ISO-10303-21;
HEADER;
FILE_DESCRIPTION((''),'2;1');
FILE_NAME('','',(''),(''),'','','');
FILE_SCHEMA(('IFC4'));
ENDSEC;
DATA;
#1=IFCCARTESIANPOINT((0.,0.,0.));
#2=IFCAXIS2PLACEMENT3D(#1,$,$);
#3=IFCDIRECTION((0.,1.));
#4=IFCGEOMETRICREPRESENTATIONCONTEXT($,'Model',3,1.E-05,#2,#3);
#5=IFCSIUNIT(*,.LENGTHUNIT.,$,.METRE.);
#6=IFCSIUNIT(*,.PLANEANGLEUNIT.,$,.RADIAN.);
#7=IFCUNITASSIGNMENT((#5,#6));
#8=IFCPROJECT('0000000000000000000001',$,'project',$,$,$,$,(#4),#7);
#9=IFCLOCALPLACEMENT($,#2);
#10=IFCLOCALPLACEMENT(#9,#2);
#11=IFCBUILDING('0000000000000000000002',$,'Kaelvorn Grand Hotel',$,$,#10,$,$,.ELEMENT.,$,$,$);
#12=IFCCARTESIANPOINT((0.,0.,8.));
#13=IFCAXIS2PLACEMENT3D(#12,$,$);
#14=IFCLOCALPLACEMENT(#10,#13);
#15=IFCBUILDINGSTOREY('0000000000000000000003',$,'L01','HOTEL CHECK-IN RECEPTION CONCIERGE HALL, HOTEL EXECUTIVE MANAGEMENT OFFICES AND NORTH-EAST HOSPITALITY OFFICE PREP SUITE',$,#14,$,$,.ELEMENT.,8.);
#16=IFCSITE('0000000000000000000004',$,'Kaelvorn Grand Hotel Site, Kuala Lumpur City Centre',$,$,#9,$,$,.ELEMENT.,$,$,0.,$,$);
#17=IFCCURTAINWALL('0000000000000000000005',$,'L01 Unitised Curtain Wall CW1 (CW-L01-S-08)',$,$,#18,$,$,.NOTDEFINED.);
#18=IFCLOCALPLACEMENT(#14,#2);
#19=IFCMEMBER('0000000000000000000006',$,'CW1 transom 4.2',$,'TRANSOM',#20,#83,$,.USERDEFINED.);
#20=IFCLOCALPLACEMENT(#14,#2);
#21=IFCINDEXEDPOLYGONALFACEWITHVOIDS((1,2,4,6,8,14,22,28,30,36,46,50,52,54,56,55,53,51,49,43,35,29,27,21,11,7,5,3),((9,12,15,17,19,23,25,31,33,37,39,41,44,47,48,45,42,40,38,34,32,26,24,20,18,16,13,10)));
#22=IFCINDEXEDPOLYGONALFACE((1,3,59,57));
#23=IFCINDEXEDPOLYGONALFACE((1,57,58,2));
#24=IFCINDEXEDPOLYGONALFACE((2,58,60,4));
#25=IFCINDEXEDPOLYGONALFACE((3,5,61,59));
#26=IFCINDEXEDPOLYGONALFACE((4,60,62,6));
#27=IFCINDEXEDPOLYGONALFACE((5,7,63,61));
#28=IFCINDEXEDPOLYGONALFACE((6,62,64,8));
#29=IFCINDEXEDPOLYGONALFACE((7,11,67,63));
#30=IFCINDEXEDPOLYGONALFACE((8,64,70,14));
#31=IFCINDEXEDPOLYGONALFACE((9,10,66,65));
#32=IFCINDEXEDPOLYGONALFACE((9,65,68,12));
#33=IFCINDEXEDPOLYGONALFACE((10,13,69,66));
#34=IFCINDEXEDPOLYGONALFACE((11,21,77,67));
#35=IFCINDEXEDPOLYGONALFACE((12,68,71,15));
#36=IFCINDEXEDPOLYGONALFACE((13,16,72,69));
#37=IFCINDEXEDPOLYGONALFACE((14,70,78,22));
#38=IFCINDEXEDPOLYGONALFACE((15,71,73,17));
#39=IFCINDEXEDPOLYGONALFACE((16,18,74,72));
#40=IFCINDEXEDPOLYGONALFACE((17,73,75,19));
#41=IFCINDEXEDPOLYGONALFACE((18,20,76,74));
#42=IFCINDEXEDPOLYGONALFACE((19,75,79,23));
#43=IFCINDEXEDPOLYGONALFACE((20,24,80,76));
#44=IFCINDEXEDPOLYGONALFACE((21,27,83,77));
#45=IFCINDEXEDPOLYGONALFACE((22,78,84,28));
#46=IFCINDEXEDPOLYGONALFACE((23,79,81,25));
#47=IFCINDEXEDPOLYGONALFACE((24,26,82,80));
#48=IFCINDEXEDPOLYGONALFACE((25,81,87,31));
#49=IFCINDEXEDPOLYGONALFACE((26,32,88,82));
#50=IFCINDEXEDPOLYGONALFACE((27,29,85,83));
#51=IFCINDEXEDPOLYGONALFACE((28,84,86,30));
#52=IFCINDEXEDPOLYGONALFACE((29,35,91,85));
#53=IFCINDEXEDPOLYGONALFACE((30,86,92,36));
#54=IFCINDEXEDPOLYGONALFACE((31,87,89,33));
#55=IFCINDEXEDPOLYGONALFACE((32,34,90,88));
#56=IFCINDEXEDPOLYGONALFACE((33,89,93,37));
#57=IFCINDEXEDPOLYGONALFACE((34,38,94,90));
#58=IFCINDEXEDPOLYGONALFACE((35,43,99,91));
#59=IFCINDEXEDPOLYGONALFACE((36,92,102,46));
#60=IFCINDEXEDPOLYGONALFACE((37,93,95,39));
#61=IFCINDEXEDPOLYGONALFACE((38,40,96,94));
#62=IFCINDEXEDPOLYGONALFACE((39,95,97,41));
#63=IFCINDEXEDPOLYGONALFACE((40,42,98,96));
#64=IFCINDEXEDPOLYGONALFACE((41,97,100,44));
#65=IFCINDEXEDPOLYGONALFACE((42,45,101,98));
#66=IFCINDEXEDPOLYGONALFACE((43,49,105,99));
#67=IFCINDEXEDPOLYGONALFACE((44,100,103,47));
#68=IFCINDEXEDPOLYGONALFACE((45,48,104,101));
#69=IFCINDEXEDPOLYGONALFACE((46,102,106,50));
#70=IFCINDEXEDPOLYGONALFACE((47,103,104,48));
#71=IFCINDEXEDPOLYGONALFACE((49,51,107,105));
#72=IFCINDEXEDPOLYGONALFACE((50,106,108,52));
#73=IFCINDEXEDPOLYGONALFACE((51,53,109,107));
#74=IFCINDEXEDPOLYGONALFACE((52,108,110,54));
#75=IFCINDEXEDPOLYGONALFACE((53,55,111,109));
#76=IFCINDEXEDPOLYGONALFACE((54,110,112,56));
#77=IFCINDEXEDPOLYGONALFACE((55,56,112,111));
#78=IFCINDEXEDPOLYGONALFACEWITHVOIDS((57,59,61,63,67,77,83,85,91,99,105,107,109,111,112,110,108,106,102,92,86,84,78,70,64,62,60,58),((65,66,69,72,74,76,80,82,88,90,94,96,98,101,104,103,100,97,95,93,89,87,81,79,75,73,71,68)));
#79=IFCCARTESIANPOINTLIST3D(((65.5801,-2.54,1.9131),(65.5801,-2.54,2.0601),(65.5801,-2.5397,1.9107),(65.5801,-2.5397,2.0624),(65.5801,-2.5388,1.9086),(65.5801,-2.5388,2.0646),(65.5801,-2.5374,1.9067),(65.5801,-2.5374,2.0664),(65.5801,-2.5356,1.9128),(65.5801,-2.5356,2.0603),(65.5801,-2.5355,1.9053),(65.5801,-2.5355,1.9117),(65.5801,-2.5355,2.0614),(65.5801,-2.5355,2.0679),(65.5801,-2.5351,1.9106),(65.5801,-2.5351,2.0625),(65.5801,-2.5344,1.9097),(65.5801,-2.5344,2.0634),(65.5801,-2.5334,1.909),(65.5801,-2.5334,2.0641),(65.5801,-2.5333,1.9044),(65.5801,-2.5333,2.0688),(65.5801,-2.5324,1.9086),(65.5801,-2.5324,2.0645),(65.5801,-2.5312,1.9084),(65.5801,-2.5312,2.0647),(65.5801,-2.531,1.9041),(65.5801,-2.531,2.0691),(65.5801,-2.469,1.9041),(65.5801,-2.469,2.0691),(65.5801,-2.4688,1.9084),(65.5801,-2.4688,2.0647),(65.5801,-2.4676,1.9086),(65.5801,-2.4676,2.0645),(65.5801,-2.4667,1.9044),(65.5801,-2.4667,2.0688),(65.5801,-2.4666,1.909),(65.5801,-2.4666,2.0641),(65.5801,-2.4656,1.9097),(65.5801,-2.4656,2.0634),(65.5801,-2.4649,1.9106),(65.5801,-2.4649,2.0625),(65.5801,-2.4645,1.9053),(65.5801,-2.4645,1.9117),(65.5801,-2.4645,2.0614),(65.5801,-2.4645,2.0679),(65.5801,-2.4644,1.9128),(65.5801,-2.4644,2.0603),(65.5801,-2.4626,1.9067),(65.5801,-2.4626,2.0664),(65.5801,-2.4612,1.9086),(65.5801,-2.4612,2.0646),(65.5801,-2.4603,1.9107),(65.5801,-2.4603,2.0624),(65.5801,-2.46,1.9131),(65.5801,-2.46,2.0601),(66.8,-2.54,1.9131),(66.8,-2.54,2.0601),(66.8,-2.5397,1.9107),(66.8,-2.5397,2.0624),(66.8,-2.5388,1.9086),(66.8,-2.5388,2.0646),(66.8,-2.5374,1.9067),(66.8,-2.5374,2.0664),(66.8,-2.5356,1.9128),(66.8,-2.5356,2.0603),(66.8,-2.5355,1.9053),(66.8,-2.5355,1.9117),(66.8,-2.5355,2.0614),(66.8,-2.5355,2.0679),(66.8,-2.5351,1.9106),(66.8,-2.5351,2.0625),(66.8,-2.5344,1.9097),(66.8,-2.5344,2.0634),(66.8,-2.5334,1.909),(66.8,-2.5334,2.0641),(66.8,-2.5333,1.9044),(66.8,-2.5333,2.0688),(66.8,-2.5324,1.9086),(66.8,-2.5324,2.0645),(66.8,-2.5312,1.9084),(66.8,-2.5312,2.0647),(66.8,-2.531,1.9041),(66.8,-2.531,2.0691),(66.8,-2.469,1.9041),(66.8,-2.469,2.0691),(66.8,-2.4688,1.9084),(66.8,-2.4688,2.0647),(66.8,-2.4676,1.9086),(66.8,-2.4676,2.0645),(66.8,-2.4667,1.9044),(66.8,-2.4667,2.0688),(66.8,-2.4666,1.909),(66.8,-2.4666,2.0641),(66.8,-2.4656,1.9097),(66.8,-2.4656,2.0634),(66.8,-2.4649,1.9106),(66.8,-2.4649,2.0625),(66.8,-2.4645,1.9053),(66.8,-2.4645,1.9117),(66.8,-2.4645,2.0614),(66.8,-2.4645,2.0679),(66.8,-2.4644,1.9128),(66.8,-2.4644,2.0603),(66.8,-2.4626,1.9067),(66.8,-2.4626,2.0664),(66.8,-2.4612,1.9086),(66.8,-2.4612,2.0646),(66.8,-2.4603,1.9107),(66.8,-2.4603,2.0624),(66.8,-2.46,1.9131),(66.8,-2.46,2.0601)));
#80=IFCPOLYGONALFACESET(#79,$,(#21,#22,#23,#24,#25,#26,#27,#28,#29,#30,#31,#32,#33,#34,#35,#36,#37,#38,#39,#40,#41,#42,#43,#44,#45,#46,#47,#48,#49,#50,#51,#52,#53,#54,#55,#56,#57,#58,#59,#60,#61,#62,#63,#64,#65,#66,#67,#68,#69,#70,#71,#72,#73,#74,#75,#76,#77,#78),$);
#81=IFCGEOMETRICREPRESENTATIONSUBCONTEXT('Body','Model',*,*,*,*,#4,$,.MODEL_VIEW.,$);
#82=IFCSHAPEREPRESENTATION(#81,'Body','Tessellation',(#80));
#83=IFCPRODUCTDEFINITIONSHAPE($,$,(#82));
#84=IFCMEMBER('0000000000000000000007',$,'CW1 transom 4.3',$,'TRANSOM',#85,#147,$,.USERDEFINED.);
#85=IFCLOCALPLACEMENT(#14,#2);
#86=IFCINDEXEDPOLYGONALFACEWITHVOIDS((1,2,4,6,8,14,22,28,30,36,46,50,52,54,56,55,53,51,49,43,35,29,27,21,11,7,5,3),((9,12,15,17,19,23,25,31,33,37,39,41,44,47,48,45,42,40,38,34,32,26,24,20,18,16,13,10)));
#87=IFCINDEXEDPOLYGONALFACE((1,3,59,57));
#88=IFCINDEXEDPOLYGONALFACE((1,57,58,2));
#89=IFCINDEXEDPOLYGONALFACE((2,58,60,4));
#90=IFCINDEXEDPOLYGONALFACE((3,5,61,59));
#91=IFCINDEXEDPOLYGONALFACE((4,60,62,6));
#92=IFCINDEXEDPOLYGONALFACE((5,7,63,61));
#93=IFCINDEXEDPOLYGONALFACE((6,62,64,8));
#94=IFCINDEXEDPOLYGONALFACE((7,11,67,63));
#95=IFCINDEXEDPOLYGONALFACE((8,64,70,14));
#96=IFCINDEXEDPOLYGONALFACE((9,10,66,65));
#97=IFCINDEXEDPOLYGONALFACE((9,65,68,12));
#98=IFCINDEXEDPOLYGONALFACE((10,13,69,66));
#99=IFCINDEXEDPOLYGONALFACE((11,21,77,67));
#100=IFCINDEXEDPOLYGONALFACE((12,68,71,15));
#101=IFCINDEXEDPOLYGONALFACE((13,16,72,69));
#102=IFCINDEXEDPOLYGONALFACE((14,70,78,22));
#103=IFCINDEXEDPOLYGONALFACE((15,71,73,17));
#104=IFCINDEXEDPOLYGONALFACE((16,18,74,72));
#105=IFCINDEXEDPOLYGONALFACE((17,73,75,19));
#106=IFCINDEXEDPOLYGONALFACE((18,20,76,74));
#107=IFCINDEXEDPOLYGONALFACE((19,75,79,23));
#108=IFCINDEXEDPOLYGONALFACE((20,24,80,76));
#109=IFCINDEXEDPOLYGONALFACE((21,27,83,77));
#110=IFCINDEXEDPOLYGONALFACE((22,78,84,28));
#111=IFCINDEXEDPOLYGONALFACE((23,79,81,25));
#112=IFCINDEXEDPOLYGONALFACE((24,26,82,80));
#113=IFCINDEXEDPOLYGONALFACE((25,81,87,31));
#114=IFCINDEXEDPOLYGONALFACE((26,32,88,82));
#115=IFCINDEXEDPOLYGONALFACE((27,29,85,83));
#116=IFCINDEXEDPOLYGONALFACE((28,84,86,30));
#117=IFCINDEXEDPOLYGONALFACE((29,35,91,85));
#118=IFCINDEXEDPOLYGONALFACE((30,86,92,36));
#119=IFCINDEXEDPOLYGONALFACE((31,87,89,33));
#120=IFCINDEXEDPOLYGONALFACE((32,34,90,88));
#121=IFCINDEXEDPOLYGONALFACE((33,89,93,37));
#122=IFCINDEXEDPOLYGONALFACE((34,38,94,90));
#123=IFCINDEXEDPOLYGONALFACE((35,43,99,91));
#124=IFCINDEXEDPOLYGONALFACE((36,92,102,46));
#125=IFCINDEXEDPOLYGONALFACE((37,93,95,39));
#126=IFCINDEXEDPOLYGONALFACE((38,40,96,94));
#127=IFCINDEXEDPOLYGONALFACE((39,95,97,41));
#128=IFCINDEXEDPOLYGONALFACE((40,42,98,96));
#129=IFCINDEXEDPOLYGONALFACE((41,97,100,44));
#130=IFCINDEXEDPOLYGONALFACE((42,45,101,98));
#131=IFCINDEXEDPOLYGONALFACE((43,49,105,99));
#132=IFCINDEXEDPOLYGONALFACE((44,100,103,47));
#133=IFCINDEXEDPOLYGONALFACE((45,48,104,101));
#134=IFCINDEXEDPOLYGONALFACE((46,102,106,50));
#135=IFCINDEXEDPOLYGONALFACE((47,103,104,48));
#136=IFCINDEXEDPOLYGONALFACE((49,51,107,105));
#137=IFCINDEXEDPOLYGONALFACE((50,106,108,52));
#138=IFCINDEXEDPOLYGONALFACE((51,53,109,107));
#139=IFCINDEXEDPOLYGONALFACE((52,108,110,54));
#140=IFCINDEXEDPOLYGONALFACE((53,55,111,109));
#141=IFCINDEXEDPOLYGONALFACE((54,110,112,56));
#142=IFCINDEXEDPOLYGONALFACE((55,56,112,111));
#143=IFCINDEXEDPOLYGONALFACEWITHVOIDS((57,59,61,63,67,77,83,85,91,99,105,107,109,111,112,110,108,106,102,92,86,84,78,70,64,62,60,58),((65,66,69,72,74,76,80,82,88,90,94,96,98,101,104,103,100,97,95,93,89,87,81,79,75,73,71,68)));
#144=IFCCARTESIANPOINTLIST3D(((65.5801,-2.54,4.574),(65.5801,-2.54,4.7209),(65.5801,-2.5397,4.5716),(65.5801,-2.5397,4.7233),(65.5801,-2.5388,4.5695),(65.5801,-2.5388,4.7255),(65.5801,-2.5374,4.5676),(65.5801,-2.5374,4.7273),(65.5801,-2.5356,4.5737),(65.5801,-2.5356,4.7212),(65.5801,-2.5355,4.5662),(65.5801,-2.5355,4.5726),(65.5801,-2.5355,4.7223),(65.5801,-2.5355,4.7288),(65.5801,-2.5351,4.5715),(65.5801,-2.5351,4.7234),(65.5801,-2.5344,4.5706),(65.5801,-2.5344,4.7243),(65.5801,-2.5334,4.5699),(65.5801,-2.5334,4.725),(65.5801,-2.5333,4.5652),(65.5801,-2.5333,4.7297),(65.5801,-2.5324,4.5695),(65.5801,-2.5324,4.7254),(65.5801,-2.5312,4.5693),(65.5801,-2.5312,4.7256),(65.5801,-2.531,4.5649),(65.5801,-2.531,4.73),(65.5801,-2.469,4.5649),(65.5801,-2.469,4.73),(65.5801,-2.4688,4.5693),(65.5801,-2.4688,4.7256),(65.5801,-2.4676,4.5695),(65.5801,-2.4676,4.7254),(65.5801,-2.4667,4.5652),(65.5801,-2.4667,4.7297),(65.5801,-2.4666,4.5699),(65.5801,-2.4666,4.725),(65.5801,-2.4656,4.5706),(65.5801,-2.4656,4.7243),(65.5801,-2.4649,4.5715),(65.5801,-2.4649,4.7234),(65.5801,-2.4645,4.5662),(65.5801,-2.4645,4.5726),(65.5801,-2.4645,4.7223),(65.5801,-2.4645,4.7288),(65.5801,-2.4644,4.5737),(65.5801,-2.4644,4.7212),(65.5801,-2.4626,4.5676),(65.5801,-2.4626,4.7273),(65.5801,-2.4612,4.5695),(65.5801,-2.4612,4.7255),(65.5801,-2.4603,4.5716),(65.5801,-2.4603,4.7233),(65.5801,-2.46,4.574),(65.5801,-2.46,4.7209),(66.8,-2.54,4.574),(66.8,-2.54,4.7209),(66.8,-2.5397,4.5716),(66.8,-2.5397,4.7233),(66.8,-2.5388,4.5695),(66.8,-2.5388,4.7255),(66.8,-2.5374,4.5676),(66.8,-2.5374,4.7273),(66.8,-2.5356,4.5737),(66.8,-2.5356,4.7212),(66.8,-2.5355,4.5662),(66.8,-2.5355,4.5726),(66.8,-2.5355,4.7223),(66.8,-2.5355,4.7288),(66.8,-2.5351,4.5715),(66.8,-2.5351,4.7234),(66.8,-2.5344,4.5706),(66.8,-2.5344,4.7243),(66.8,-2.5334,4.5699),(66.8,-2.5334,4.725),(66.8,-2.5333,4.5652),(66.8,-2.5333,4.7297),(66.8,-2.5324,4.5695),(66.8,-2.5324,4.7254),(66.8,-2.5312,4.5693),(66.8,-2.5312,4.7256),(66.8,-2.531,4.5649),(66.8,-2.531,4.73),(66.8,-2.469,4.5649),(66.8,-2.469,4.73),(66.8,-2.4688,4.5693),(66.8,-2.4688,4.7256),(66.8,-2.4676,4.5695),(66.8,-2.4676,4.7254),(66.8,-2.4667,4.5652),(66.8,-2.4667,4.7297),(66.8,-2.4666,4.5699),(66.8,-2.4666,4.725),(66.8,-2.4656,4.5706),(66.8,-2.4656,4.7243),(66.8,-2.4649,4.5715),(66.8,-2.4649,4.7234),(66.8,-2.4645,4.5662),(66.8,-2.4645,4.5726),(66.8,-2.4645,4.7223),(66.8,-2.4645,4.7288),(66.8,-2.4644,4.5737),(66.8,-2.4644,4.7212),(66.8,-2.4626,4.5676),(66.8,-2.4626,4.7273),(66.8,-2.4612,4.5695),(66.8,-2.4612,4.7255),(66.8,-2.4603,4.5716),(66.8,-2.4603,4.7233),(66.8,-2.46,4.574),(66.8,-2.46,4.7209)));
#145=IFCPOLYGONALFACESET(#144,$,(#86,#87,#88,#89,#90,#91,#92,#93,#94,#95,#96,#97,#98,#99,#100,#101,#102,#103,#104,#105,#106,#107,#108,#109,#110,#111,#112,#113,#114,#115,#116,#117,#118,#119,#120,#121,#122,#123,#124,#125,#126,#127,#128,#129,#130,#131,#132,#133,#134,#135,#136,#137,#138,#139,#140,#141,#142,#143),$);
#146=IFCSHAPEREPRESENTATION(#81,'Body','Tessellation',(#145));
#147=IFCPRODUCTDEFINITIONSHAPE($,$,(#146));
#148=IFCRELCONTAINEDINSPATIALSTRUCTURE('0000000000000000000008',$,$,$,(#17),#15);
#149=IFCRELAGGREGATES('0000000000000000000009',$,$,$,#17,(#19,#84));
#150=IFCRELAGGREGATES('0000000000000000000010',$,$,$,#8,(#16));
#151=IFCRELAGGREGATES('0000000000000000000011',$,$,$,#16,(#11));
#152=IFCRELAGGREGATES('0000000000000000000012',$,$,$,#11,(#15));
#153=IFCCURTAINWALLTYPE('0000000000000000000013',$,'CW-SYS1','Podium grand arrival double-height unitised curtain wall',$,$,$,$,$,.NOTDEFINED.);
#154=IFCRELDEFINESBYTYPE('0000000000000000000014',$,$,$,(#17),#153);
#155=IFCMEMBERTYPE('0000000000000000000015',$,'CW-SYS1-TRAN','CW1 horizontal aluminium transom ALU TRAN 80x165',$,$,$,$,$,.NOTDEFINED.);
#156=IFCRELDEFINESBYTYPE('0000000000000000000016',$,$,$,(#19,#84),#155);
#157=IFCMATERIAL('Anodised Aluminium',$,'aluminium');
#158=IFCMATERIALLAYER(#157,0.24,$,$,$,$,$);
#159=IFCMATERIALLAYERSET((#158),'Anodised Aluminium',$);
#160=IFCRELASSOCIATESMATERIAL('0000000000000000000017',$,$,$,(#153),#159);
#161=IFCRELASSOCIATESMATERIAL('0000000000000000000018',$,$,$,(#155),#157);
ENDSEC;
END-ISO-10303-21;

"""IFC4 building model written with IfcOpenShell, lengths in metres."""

from ifc_helpers import new_model, si_unit, direction, frame, origin, origin_2d, place, context, subcontext, project, spatial, hollow_rectangle, extrude, material, layer, layer_set, material_profile, profile_set, type_object, element, aggregate, save


model = new_model("IFC4")

# Units and contexts
model_context = context("Model", 3, precision=1e-05, world=origin(), true_north=direction((0.0, 1.0)))
body_context = subcontext(model_context, "Body", "Model", "MODEL_VIEW")
ifc_project = project(units=[si_unit("LENGTHUNIT", "METRE"), si_unit("PLANEANGLEUNIT", "RADIAN")], contexts=[model_context])

# Site, building, storey
site_placement = place(None, origin())
site = spatial("IfcSite", under=ifc_project, at=site_placement, Name="Kaelvorn Grand Hotel Site, Kuala Lumpur City Centre", CompositionType="ELEMENT", RefElevation=0.0)
building_placement = place(site_placement, origin())
building = spatial("IfcBuilding", under=site, at=building_placement, Name="Kaelvorn Grand Hotel", CompositionType="ELEMENT")
storey_placement = place(building_placement, frame((0.0, 0.0, 8.0)))
storey = spatial("IfcBuildingStorey", under=building, at=storey_placement, Name="L01", Description="HOTEL CHECK-IN RECEPTION CONCIERGE HALL, HOTEL EXECUTIVE MANAGEMENT OFFICES AND NORTH-EAST HOSPITALITY OFFICE PREP SUITE", CompositionType="ELEMENT", Elevation=8.0)

# Curtain wall
ifc_material_1 = material(Name="Anodised Aluminium", Category="aluminium")
ifc_layer_1 = layer(ifc_material_1, 0.24)
ifc_layer_set_1 = layer_set([ifc_layer_1], Name="Anodised Aluminium")
curtain_wall_type = type_object("IfcCurtainWallType", Name="CW-SYS1", Description="Podium grand arrival double-height unitised curtain wall", PredefinedType="NOTDEFINED", material=ifc_layer_set_1)
curtain_wall_1_placement = place(storey_placement, origin())
curtain_wall_1 = element("IfcCurtainWall", 1, at=curtain_wall_1_placement, inside=storey, type_object=curtain_wall_type, Name="L01 Unitised Curtain Wall CW1 (CW-L01-S-08)", PredefinedType="NOTDEFINED")

# Members
ifc_material_profile_1 = material_profile(ifc_material_1, hollow_rectangle(XDim=0.0801, YDim=0.165, WallThickness=0.0044, InnerFilletRadius=0.0044, OuterFilletRadius=0.009, at=origin_2d()), Name="ALU TRAN 80x165")
ifc_profile_set_1 = profile_set([ifc_material_profile_1], Name="Anodised Aluminium")
member_type_1 = type_object("IfcMemberType", Name="CW-SYS1-TRAN", Description="CW1 horizontal aluminium transom ALU TRAN 80x165", PredefinedType="NOTDEFINED", material=ifc_profile_set_1)
member_1_placement = place(storey_placement, frame((65.5801, -2.5, 1.9866), z_axis=(1.0, 0.0, 0.0), x_axis=(0.0, 1.0, 0.0)))
member_1 = element("IfcMember", 2, at=member_1_placement, type_object=member_type_1, Name="CW1 transom 4.2", ObjectType="TRANSOM", PredefinedType="USERDEFINED", context=body_context, shape_type="SweptSolid", body=[
    extrude(hollow_rectangle(XDim=0.0801, YDim=0.165, WallThickness=0.0044, InnerFilletRadius=0.0044, OuterFilletRadius=0.009, at=origin_2d()), origin(), (0.0, 0.0, 1.0), 1.22),
])
member_2_placement = place(storey_placement, frame((65.5801, -2.5, 4.6475), z_axis=(1.0, 0.0, 0.0), x_axis=(0.0, 1.0, 0.0)))
member_2 = element("IfcMember", 3, at=member_2_placement, type_object=member_type_1, Name="CW1 transom 4.3", ObjectType="TRANSOM", PredefinedType="USERDEFINED", context=body_context, shape_type="SweptSolid", body=[
    extrude(hollow_rectangle(XDim=0.0801, YDim=0.165, WallThickness=0.0044, InnerFilletRadius=0.0044, OuterFilletRadius=0.009, at=origin_2d()), origin(), (0.0, 0.0, 1.0), 1.22),
])

aggregate(curtain_wall_1, [member_1, member_2])

save(model, "model.ifc")
